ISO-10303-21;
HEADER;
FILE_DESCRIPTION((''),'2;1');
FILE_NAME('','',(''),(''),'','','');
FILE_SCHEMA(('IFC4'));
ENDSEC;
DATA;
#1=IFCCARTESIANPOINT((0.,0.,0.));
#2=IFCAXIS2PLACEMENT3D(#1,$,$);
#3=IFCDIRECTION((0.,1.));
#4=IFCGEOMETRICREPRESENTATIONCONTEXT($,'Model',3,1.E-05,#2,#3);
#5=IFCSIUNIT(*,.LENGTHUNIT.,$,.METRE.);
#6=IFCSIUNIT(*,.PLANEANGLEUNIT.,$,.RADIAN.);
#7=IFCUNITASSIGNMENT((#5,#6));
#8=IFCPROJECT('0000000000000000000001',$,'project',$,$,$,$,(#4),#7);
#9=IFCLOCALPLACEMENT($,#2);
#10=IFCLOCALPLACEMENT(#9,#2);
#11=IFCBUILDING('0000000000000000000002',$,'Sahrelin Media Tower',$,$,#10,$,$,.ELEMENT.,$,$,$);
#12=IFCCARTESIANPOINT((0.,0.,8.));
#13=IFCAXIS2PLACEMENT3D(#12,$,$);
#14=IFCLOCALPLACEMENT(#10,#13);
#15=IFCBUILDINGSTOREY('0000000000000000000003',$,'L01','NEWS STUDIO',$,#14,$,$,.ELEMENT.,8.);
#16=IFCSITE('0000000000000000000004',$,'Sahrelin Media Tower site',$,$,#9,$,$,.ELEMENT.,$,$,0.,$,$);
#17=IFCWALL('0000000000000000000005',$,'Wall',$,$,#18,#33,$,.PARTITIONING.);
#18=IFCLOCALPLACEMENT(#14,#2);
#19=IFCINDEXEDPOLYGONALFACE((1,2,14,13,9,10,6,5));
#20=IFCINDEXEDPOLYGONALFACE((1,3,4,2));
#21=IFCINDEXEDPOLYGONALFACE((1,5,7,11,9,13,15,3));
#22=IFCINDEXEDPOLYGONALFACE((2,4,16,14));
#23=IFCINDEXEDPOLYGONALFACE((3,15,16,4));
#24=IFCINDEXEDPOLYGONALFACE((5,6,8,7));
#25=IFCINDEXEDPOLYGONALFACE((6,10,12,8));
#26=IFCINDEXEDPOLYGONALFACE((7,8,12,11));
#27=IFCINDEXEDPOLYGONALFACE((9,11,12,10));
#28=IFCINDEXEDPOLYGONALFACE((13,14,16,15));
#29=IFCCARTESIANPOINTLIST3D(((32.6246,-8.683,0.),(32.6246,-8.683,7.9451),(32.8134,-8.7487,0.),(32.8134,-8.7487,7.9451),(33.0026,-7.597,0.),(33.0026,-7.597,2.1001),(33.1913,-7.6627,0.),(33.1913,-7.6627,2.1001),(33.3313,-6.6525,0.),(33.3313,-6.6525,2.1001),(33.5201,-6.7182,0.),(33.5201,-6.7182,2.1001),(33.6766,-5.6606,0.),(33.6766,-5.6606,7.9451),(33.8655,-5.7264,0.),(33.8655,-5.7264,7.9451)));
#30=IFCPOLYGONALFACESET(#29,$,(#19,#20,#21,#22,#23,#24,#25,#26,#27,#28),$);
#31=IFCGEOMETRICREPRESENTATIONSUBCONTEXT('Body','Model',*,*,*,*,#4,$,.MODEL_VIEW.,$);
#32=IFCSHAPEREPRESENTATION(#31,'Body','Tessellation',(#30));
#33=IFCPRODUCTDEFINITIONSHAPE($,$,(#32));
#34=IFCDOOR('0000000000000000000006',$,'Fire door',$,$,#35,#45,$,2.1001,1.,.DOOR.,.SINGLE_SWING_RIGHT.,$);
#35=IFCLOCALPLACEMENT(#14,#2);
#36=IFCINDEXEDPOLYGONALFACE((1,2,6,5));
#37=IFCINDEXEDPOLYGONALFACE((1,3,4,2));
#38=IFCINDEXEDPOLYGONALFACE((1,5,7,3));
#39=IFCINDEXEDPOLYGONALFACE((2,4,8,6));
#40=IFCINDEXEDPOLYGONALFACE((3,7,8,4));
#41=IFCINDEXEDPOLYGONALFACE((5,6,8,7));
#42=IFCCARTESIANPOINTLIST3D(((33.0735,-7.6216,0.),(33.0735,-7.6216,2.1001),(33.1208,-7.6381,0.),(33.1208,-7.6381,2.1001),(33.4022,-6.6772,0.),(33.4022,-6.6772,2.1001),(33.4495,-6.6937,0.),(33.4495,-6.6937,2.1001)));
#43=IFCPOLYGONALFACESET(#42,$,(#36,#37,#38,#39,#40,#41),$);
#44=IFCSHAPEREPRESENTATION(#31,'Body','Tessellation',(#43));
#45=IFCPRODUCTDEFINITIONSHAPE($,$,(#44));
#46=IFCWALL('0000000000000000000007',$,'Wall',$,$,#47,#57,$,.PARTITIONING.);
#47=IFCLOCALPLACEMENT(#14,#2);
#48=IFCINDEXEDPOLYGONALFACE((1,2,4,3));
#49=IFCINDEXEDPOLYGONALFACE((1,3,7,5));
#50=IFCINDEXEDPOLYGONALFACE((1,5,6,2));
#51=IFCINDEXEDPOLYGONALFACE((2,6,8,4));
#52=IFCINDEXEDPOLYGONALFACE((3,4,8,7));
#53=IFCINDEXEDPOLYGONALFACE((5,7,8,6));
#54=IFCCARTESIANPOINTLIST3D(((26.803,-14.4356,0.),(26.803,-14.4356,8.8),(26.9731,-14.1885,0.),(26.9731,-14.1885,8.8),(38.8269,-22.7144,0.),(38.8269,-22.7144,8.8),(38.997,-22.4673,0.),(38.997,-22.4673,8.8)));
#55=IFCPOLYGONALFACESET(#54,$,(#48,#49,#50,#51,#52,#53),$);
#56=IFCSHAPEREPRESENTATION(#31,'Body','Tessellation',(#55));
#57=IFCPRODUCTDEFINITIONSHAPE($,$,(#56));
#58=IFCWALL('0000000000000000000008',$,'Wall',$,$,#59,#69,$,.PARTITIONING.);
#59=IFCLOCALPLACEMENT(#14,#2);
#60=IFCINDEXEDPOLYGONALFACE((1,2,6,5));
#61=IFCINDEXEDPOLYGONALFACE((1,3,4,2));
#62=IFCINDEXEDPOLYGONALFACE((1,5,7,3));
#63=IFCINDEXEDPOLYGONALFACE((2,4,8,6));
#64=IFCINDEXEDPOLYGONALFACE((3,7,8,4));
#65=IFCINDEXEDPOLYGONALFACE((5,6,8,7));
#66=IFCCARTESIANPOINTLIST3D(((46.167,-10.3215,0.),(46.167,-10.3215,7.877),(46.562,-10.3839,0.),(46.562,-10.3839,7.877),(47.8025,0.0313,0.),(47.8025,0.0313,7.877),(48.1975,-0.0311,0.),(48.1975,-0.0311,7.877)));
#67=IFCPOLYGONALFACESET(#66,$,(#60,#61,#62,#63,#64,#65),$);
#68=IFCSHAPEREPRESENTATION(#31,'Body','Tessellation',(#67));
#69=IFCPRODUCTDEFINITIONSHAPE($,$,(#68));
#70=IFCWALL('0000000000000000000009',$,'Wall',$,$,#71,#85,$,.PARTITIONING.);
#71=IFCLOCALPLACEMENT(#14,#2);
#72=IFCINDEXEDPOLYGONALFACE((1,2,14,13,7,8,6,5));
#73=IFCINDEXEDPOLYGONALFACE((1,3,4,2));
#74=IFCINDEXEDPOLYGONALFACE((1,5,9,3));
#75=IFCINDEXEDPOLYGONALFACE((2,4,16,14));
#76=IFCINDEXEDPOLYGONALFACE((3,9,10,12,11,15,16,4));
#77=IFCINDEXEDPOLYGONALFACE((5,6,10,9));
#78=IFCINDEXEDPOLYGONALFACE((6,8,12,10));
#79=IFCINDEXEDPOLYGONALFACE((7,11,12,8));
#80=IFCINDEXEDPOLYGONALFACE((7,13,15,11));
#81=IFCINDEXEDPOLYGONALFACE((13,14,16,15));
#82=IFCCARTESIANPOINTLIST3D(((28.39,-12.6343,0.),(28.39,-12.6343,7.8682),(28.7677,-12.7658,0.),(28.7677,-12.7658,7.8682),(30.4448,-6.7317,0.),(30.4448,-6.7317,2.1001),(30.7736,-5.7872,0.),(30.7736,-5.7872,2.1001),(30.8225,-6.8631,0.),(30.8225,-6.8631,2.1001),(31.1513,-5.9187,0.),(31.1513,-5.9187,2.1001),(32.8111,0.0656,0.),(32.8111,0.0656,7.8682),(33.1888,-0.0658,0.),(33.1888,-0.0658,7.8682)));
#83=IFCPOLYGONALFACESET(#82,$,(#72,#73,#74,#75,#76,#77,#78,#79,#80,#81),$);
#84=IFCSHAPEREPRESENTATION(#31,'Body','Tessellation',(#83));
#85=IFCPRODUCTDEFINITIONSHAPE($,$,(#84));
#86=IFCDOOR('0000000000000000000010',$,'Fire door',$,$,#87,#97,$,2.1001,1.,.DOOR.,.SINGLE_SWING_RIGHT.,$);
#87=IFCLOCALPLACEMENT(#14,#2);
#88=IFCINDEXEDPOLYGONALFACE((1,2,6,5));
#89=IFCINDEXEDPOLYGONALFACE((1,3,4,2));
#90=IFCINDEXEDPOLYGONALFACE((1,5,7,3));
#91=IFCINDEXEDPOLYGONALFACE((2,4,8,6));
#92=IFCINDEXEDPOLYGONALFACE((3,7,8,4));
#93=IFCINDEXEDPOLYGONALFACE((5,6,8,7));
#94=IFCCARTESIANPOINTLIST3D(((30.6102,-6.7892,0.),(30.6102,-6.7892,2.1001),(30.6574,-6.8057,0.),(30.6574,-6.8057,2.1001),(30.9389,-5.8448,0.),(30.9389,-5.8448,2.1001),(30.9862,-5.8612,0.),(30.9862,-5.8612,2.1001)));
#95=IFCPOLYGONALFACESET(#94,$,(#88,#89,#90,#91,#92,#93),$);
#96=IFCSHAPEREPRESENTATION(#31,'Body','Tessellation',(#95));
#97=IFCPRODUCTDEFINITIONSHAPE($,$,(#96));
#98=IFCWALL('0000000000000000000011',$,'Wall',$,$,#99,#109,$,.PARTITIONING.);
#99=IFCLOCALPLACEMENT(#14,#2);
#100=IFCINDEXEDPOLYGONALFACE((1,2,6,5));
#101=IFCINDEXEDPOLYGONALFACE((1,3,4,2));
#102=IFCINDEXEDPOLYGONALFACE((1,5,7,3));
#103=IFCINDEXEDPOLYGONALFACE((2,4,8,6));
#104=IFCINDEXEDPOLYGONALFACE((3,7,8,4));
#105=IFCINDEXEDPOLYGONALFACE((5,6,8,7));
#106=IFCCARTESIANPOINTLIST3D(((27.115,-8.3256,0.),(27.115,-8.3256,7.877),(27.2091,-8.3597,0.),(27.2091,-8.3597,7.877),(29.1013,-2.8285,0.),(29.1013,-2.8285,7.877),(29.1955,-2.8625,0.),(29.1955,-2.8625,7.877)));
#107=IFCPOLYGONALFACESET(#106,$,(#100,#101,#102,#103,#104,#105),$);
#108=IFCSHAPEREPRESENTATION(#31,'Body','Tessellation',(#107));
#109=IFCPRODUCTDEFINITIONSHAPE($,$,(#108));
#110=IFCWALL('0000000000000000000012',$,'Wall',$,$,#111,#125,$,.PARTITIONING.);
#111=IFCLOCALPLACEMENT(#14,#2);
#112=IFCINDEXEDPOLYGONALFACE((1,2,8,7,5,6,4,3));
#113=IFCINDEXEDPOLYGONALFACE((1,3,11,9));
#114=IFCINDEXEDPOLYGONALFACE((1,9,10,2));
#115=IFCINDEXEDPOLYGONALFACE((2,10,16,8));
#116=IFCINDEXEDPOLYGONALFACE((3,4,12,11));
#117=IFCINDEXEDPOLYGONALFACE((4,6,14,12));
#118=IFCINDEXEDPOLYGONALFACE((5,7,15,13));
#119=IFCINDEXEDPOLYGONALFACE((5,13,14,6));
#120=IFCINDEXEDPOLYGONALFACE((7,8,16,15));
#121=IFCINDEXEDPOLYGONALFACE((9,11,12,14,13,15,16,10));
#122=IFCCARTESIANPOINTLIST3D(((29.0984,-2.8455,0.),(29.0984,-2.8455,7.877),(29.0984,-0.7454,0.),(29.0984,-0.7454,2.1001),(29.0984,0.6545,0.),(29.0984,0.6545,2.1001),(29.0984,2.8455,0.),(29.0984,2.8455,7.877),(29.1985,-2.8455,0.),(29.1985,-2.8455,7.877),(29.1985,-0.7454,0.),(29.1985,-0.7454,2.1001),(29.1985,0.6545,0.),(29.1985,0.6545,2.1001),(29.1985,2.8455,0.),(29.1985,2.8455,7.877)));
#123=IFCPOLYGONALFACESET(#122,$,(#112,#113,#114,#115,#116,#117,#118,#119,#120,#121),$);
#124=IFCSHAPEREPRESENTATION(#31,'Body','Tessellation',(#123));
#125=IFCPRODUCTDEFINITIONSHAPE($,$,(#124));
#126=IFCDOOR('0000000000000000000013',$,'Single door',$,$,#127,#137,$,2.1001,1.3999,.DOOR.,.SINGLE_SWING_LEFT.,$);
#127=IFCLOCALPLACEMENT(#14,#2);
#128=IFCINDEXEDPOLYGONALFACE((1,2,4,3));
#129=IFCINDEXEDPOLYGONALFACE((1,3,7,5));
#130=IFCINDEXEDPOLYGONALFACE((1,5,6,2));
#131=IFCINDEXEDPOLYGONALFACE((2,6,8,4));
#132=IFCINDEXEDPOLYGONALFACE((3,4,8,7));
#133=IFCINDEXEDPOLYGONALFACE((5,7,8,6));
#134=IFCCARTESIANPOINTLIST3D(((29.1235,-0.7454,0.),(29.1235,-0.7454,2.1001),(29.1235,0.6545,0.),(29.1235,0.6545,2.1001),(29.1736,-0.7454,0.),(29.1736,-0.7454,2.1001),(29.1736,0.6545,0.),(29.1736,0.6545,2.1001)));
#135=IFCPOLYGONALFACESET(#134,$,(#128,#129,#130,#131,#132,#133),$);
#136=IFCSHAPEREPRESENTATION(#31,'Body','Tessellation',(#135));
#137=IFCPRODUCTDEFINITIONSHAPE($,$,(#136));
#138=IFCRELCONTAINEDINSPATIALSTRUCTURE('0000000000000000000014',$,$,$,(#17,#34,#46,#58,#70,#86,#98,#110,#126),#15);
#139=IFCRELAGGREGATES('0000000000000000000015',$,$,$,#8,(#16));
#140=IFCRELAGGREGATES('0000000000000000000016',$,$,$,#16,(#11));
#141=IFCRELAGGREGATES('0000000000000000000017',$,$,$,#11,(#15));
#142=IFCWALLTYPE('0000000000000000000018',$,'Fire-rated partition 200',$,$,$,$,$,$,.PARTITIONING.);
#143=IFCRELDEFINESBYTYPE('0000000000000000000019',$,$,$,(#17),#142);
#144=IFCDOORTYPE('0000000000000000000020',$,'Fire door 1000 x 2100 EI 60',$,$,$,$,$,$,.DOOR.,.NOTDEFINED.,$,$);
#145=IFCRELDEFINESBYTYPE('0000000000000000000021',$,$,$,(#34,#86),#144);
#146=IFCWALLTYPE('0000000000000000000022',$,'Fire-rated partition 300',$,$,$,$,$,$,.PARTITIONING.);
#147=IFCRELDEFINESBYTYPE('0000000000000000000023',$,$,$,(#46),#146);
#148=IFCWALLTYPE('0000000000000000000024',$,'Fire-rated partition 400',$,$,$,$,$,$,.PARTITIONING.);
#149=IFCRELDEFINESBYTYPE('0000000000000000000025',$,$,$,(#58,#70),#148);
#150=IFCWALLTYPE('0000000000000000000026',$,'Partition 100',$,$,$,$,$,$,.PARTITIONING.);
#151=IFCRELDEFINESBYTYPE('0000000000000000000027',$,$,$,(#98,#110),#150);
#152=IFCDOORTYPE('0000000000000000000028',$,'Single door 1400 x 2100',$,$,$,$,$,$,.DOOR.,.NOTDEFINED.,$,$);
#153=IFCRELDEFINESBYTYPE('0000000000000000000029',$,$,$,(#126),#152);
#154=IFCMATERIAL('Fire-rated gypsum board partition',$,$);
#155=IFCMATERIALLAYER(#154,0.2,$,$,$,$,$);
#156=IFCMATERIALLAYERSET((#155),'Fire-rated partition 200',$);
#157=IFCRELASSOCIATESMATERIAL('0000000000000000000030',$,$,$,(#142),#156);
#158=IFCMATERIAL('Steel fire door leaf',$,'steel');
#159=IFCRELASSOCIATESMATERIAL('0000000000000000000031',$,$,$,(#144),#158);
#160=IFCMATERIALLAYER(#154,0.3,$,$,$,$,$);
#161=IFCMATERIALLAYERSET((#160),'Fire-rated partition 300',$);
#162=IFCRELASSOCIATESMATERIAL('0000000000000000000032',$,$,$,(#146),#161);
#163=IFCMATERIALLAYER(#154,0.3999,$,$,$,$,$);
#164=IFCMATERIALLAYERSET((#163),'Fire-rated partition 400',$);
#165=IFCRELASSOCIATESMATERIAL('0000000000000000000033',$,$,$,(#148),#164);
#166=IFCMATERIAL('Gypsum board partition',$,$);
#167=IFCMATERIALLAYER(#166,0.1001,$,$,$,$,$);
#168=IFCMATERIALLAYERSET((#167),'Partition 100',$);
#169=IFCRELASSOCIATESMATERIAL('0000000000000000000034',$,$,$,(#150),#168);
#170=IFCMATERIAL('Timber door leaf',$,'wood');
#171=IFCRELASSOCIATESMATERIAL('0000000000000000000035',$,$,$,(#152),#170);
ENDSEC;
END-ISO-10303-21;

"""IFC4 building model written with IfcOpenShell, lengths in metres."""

from ifc_helpers import new_model, si_unit, direction, frame, frame_2d, origin, place, context, subcontext, project, spatial, rectangle, extrude, material, layer, layer_set, type_object, element, fill, save


model = new_model("IFC4")

# Units and contexts
model_context = context("Model", 3, precision=1e-05, world=origin(), true_north=direction((0.0, 1.0)))
body_context = subcontext(model_context, "Body", "Model", "MODEL_VIEW")
ifc_project = project(units=[si_unit("LENGTHUNIT", "METRE"), si_unit("PLANEANGLEUNIT", "RADIAN")], contexts=[model_context])

# Site, building, storey
site_placement = place(None, origin())
site = spatial("IfcSite", under=ifc_project, at=site_placement, Name="Sahrelin Media Tower site", CompositionType="ELEMENT", RefElevation=0.0)
building_placement = place(site_placement, origin())
building = spatial("IfcBuilding", under=site, at=building_placement, Name="Sahrelin Media Tower", CompositionType="ELEMENT")
storey_placement = place(building_placement, frame((0.0, 0.0, 8.0)))
storey = spatial("IfcBuildingStorey", under=building, at=storey_placement, Name="L01", Description="NEWS STUDIO", CompositionType="ELEMENT", Elevation=8.0)

# Shared definitions
ifc_material_1 = material(Name="Fire-rated gypsum board partition")
ifc_layer_1 = layer(ifc_material_1, 0.2)
ifc_layer_set_1 = layer_set([ifc_layer_1], Name="Fire-rated partition 200")
wall_type_1 = type_object("IfcWallType", Name="Fire-rated partition 200", PredefinedType="PARTITIONING", material=ifc_layer_set_1)

# Wall, opening, door
wall_1_placement = place(storey_placement, frame((32.719, -8.7158, 0.0), z_axis=(0.0, 0.0, 1.0), x_axis=(0.328743, 0.94442, 0.0)))
wall_1 = element("IfcWall", 1, at=wall_1_placement, inside=storey, type_object=wall_type_1, Name="Wall", PredefinedType="PARTITIONING", context=body_context, shape_type="SweptSolid", body=[
    extrude(rectangle(XDim=3.2002, YDim=0.2, at=frame_2d((1.6001, 0.0))), origin(), (0.0, 0.0, 1.0), 7.9451),
])
opening_1_placement = place(wall_1_placement, frame((1.1499, 0.0, 0.0)))
opening_1 = element("IfcOpeningElement", 2, at=opening_1_placement, cuts=wall_1, PredefinedType="OPENING", context=body_context, shape_type="SweptSolid", body=[
    extrude(rectangle(XDim=1.0, YDim=2.1001, at=frame_2d((0.5, 1.05))), frame((0.0, 0.1001, 0.0), z_axis=(0.0, -1.0, 0.0), x_axis=(1.0, 0.0, 0.0)), (0.0, 0.0, 1.0), 0.2),
])
ifc_material_2 = material(Name="Steel fire door leaf", Category="steel")
door_type_1 = type_object("IfcDoorType", Name="Fire door 1000 x 2100 EI 60", OperationType="NOTDEFINED", PredefinedType="DOOR", material=ifc_material_2)
door_1_placement = place(opening_1_placement, origin())
door_1 = element("IfcDoor", 3, at=door_1_placement, inside=storey, type_object=door_type_1, Name="Fire door", OperationType="SINGLE_SWING_RIGHT", OverallHeight=2.1001, OverallWidth=1.0, PredefinedType="DOOR", context=body_context, shape_type="SweptSolid", body=[
    extrude(rectangle(XDim=1.0, YDim=2.1001, at=frame_2d((0.5, 1.05))), frame((0.0, 0.0249, 0.0), z_axis=(0.0, -1.0, 0.0), x_axis=(1.0, 0.0, 0.0)), (0.0, 0.0, 1.0), 0.05),
])
fill(opening_1, door_1)

# Walls
ifc_layer_2 = layer(ifc_material_1, 0.3)
ifc_layer_set_2 = layer_set([ifc_layer_2], Name="Fire-rated partition 300")
wall_type_2 = type_object("IfcWallType", Name="Fire-rated partition 300", PredefinedType="PARTITIONING", material=ifc_layer_set_2)
wall_2_placement = place(storey_placement, frame((26.8879, -14.312, 0.0), z_axis=(0.0, 0.0, 1.0), x_axis=(0.823646, -0.567104, 0.0)))
element("IfcWall", 4, at=wall_2_placement, inside=storey, type_object=wall_type_2, Name="Wall", PredefinedType="PARTITIONING", context=body_context, shape_type="SweptSolid", body=[
    extrude(rectangle(XDim=14.5984, YDim=0.3, at=frame_2d((7.2993, 0.0))), origin(), (0.0, 0.0, 1.0), 8.8),
])
ifc_layer_3 = layer(ifc_material_1, 0.3999)
ifc_layer_set_3 = layer_set([ifc_layer_3], Name="Fire-rated partition 400")
wall_type_3 = type_object("IfcWallType", Name="Fire-rated partition 400", PredefinedType="PARTITIONING", material=ifc_layer_set_3)
wall_3_placement = place(storey_placement, frame((46.3645, -10.3528, 0.0), z_axis=(0.0, 0.0, 1.0), x_axis=(0.156042, 0.98775, 0.0)))
element("IfcWall", 5, at=wall_3_placement, inside=storey, type_object=wall_type_3, Name="Wall", PredefinedType="PARTITIONING", context=body_context, shape_type="SweptSolid", body=[
    extrude(rectangle(XDim=10.4812, YDim=0.3999, at=frame_2d((5.2407, 0.0))), origin(), (0.0, 0.0, 1.0), 7.877),
])

# Wall, opening, door
wall_4_placement = place(storey_placement, frame((28.5789, -12.7, 0.0), z_axis=(0.0, 0.0, 1.0), x_axis=(0.328771, 0.94441, 0.0)))
wall_4 = element("IfcWall", 6, at=wall_4_placement, inside=storey, type_object=wall_type_3, Name="Wall", PredefinedType="PARTITIONING", context=body_context, shape_type="SweptSolid", body=[
    extrude(rectangle(XDim=13.4475, YDim=0.3999, at=frame_2d((6.7236, 0.0))), origin(), (0.0, 0.0, 1.0), 7.8682),
])
opening_2_placement = place(wall_4_placement, frame((6.25, 0.0, 0.0)))
opening_2 = element("IfcOpeningElement", 7, at=opening_2_placement, cuts=wall_4, PredefinedType="OPENING", context=body_context, shape_type="SweptSolid", body=[
    extrude(rectangle(XDim=1.0, YDim=2.1001, at=frame_2d((0.5, 1.05))), frame((0.0, 0.2, 0.0), z_axis=(0.0, -1.0, 0.0), x_axis=(1.0, 0.0, 0.0)), (0.0, 0.0, 1.0), 0.3999),
])
door_2_placement = place(opening_2_placement, origin())
door_2 = element("IfcDoor", 8, at=door_2_placement, inside=storey, type_object=door_type_1, Name="Fire door", OperationType="SINGLE_SWING_RIGHT", OverallHeight=2.1001, OverallWidth=1.0, PredefinedType="DOOR", context=body_context, shape_type="SweptSolid", body=[
    extrude(rectangle(XDim=1.0, YDim=2.1001, at=frame_2d((0.5, 1.05))), frame((0.0, 0.0249, 0.0), z_axis=(0.0, -1.0, 0.0), x_axis=(1.0, 0.0, 0.0)), (0.0, 0.0, 1.0), 0.05),
])
fill(opening_2, door_2)

# Wall
ifc_material_3 = material(Name="Gypsum board partition")
ifc_layer_4 = layer(ifc_material_3, 0.1001)
ifc_layer_set_4 = layer_set([ifc_layer_4], Name="Partition 100")
wall_type_4 = type_object("IfcWallType", Name="Partition 100", PredefinedType="PARTITIONING", material=ifc_layer_set_4)
wall_5_placement = place(storey_placement, frame((27.1621, -8.3425, 0.0), z_axis=(0.0, 0.0, 1.0), x_axis=(0.339837, 0.940484, 0.0)))
element("IfcWall", 9, at=wall_5_placement, inside=storey, type_object=wall_type_4, Name="Wall", PredefinedType="PARTITIONING", context=body_context, shape_type="SweptSolid", body=[
    extrude(rectangle(XDim=5.845, YDim=0.1001, at=frame_2d((2.9224, 0.0))), origin(), (0.0, 0.0, 1.0), 7.877),
])

# Wall, opening, door
wall_6_placement = place(storey_placement, frame((29.1484, -2.8455, 0.0), z_axis=(0.0, 0.0, 1.0), x_axis=(0.0, 1.0, 0.0)))
wall_6 = element("IfcWall", 10, at=wall_6_placement, inside=storey, type_object=wall_type_4, Name="Wall", PredefinedType="PARTITIONING", context=body_context, shape_type="SweptSolid", body=[
    extrude(rectangle(XDim=5.6909, YDim=0.1001, at=frame_2d((2.8455, 0.0))), origin(), (0.0, 0.0, 1.0), 7.877),
])
opening_3_placement = place(wall_6_placement, frame((2.1001, 0.0, 0.0)))
opening_3 = element("IfcOpeningElement", 11, at=opening_3_placement, cuts=wall_6, PredefinedType="OPENING", context=body_context, shape_type="SweptSolid", body=[
    extrude(rectangle(XDim=1.3999, YDim=2.1001, at=frame_2d((0.7, 1.05))), frame((0.0, 0.05, 0.0), z_axis=(0.0, -1.0, 0.0), x_axis=(1.0, 0.0, 0.0)), (0.0, 0.0, 1.0), 0.1001),
])
ifc_material_4 = material(Name="Timber door leaf", Category="wood")
door_type_2 = type_object("IfcDoorType", Name="Single door 1400 x 2100", OperationType="NOTDEFINED", PredefinedType="DOOR", material=ifc_material_4)
door_3_placement = place(opening_3_placement, origin())
door_3 = element("IfcDoor", 12, at=door_3_placement, inside=storey, type_object=door_type_2, Name="Single door", OperationType="SINGLE_SWING_LEFT", OverallHeight=2.1001, OverallWidth=1.3999, PredefinedType="DOOR", context=body_context, shape_type="SweptSolid", body=[
    extrude(rectangle(XDim=1.3999, YDim=2.1001, at=frame_2d((0.7, 1.05))), frame((0.0, 0.0249, 0.0), z_axis=(0.0, -1.0, 0.0), x_axis=(1.0, 0.0, 0.0)), (0.0, 0.0, 1.0), 0.05),
])
fill(opening_3, door_3)

save(model, "model.ifc")
